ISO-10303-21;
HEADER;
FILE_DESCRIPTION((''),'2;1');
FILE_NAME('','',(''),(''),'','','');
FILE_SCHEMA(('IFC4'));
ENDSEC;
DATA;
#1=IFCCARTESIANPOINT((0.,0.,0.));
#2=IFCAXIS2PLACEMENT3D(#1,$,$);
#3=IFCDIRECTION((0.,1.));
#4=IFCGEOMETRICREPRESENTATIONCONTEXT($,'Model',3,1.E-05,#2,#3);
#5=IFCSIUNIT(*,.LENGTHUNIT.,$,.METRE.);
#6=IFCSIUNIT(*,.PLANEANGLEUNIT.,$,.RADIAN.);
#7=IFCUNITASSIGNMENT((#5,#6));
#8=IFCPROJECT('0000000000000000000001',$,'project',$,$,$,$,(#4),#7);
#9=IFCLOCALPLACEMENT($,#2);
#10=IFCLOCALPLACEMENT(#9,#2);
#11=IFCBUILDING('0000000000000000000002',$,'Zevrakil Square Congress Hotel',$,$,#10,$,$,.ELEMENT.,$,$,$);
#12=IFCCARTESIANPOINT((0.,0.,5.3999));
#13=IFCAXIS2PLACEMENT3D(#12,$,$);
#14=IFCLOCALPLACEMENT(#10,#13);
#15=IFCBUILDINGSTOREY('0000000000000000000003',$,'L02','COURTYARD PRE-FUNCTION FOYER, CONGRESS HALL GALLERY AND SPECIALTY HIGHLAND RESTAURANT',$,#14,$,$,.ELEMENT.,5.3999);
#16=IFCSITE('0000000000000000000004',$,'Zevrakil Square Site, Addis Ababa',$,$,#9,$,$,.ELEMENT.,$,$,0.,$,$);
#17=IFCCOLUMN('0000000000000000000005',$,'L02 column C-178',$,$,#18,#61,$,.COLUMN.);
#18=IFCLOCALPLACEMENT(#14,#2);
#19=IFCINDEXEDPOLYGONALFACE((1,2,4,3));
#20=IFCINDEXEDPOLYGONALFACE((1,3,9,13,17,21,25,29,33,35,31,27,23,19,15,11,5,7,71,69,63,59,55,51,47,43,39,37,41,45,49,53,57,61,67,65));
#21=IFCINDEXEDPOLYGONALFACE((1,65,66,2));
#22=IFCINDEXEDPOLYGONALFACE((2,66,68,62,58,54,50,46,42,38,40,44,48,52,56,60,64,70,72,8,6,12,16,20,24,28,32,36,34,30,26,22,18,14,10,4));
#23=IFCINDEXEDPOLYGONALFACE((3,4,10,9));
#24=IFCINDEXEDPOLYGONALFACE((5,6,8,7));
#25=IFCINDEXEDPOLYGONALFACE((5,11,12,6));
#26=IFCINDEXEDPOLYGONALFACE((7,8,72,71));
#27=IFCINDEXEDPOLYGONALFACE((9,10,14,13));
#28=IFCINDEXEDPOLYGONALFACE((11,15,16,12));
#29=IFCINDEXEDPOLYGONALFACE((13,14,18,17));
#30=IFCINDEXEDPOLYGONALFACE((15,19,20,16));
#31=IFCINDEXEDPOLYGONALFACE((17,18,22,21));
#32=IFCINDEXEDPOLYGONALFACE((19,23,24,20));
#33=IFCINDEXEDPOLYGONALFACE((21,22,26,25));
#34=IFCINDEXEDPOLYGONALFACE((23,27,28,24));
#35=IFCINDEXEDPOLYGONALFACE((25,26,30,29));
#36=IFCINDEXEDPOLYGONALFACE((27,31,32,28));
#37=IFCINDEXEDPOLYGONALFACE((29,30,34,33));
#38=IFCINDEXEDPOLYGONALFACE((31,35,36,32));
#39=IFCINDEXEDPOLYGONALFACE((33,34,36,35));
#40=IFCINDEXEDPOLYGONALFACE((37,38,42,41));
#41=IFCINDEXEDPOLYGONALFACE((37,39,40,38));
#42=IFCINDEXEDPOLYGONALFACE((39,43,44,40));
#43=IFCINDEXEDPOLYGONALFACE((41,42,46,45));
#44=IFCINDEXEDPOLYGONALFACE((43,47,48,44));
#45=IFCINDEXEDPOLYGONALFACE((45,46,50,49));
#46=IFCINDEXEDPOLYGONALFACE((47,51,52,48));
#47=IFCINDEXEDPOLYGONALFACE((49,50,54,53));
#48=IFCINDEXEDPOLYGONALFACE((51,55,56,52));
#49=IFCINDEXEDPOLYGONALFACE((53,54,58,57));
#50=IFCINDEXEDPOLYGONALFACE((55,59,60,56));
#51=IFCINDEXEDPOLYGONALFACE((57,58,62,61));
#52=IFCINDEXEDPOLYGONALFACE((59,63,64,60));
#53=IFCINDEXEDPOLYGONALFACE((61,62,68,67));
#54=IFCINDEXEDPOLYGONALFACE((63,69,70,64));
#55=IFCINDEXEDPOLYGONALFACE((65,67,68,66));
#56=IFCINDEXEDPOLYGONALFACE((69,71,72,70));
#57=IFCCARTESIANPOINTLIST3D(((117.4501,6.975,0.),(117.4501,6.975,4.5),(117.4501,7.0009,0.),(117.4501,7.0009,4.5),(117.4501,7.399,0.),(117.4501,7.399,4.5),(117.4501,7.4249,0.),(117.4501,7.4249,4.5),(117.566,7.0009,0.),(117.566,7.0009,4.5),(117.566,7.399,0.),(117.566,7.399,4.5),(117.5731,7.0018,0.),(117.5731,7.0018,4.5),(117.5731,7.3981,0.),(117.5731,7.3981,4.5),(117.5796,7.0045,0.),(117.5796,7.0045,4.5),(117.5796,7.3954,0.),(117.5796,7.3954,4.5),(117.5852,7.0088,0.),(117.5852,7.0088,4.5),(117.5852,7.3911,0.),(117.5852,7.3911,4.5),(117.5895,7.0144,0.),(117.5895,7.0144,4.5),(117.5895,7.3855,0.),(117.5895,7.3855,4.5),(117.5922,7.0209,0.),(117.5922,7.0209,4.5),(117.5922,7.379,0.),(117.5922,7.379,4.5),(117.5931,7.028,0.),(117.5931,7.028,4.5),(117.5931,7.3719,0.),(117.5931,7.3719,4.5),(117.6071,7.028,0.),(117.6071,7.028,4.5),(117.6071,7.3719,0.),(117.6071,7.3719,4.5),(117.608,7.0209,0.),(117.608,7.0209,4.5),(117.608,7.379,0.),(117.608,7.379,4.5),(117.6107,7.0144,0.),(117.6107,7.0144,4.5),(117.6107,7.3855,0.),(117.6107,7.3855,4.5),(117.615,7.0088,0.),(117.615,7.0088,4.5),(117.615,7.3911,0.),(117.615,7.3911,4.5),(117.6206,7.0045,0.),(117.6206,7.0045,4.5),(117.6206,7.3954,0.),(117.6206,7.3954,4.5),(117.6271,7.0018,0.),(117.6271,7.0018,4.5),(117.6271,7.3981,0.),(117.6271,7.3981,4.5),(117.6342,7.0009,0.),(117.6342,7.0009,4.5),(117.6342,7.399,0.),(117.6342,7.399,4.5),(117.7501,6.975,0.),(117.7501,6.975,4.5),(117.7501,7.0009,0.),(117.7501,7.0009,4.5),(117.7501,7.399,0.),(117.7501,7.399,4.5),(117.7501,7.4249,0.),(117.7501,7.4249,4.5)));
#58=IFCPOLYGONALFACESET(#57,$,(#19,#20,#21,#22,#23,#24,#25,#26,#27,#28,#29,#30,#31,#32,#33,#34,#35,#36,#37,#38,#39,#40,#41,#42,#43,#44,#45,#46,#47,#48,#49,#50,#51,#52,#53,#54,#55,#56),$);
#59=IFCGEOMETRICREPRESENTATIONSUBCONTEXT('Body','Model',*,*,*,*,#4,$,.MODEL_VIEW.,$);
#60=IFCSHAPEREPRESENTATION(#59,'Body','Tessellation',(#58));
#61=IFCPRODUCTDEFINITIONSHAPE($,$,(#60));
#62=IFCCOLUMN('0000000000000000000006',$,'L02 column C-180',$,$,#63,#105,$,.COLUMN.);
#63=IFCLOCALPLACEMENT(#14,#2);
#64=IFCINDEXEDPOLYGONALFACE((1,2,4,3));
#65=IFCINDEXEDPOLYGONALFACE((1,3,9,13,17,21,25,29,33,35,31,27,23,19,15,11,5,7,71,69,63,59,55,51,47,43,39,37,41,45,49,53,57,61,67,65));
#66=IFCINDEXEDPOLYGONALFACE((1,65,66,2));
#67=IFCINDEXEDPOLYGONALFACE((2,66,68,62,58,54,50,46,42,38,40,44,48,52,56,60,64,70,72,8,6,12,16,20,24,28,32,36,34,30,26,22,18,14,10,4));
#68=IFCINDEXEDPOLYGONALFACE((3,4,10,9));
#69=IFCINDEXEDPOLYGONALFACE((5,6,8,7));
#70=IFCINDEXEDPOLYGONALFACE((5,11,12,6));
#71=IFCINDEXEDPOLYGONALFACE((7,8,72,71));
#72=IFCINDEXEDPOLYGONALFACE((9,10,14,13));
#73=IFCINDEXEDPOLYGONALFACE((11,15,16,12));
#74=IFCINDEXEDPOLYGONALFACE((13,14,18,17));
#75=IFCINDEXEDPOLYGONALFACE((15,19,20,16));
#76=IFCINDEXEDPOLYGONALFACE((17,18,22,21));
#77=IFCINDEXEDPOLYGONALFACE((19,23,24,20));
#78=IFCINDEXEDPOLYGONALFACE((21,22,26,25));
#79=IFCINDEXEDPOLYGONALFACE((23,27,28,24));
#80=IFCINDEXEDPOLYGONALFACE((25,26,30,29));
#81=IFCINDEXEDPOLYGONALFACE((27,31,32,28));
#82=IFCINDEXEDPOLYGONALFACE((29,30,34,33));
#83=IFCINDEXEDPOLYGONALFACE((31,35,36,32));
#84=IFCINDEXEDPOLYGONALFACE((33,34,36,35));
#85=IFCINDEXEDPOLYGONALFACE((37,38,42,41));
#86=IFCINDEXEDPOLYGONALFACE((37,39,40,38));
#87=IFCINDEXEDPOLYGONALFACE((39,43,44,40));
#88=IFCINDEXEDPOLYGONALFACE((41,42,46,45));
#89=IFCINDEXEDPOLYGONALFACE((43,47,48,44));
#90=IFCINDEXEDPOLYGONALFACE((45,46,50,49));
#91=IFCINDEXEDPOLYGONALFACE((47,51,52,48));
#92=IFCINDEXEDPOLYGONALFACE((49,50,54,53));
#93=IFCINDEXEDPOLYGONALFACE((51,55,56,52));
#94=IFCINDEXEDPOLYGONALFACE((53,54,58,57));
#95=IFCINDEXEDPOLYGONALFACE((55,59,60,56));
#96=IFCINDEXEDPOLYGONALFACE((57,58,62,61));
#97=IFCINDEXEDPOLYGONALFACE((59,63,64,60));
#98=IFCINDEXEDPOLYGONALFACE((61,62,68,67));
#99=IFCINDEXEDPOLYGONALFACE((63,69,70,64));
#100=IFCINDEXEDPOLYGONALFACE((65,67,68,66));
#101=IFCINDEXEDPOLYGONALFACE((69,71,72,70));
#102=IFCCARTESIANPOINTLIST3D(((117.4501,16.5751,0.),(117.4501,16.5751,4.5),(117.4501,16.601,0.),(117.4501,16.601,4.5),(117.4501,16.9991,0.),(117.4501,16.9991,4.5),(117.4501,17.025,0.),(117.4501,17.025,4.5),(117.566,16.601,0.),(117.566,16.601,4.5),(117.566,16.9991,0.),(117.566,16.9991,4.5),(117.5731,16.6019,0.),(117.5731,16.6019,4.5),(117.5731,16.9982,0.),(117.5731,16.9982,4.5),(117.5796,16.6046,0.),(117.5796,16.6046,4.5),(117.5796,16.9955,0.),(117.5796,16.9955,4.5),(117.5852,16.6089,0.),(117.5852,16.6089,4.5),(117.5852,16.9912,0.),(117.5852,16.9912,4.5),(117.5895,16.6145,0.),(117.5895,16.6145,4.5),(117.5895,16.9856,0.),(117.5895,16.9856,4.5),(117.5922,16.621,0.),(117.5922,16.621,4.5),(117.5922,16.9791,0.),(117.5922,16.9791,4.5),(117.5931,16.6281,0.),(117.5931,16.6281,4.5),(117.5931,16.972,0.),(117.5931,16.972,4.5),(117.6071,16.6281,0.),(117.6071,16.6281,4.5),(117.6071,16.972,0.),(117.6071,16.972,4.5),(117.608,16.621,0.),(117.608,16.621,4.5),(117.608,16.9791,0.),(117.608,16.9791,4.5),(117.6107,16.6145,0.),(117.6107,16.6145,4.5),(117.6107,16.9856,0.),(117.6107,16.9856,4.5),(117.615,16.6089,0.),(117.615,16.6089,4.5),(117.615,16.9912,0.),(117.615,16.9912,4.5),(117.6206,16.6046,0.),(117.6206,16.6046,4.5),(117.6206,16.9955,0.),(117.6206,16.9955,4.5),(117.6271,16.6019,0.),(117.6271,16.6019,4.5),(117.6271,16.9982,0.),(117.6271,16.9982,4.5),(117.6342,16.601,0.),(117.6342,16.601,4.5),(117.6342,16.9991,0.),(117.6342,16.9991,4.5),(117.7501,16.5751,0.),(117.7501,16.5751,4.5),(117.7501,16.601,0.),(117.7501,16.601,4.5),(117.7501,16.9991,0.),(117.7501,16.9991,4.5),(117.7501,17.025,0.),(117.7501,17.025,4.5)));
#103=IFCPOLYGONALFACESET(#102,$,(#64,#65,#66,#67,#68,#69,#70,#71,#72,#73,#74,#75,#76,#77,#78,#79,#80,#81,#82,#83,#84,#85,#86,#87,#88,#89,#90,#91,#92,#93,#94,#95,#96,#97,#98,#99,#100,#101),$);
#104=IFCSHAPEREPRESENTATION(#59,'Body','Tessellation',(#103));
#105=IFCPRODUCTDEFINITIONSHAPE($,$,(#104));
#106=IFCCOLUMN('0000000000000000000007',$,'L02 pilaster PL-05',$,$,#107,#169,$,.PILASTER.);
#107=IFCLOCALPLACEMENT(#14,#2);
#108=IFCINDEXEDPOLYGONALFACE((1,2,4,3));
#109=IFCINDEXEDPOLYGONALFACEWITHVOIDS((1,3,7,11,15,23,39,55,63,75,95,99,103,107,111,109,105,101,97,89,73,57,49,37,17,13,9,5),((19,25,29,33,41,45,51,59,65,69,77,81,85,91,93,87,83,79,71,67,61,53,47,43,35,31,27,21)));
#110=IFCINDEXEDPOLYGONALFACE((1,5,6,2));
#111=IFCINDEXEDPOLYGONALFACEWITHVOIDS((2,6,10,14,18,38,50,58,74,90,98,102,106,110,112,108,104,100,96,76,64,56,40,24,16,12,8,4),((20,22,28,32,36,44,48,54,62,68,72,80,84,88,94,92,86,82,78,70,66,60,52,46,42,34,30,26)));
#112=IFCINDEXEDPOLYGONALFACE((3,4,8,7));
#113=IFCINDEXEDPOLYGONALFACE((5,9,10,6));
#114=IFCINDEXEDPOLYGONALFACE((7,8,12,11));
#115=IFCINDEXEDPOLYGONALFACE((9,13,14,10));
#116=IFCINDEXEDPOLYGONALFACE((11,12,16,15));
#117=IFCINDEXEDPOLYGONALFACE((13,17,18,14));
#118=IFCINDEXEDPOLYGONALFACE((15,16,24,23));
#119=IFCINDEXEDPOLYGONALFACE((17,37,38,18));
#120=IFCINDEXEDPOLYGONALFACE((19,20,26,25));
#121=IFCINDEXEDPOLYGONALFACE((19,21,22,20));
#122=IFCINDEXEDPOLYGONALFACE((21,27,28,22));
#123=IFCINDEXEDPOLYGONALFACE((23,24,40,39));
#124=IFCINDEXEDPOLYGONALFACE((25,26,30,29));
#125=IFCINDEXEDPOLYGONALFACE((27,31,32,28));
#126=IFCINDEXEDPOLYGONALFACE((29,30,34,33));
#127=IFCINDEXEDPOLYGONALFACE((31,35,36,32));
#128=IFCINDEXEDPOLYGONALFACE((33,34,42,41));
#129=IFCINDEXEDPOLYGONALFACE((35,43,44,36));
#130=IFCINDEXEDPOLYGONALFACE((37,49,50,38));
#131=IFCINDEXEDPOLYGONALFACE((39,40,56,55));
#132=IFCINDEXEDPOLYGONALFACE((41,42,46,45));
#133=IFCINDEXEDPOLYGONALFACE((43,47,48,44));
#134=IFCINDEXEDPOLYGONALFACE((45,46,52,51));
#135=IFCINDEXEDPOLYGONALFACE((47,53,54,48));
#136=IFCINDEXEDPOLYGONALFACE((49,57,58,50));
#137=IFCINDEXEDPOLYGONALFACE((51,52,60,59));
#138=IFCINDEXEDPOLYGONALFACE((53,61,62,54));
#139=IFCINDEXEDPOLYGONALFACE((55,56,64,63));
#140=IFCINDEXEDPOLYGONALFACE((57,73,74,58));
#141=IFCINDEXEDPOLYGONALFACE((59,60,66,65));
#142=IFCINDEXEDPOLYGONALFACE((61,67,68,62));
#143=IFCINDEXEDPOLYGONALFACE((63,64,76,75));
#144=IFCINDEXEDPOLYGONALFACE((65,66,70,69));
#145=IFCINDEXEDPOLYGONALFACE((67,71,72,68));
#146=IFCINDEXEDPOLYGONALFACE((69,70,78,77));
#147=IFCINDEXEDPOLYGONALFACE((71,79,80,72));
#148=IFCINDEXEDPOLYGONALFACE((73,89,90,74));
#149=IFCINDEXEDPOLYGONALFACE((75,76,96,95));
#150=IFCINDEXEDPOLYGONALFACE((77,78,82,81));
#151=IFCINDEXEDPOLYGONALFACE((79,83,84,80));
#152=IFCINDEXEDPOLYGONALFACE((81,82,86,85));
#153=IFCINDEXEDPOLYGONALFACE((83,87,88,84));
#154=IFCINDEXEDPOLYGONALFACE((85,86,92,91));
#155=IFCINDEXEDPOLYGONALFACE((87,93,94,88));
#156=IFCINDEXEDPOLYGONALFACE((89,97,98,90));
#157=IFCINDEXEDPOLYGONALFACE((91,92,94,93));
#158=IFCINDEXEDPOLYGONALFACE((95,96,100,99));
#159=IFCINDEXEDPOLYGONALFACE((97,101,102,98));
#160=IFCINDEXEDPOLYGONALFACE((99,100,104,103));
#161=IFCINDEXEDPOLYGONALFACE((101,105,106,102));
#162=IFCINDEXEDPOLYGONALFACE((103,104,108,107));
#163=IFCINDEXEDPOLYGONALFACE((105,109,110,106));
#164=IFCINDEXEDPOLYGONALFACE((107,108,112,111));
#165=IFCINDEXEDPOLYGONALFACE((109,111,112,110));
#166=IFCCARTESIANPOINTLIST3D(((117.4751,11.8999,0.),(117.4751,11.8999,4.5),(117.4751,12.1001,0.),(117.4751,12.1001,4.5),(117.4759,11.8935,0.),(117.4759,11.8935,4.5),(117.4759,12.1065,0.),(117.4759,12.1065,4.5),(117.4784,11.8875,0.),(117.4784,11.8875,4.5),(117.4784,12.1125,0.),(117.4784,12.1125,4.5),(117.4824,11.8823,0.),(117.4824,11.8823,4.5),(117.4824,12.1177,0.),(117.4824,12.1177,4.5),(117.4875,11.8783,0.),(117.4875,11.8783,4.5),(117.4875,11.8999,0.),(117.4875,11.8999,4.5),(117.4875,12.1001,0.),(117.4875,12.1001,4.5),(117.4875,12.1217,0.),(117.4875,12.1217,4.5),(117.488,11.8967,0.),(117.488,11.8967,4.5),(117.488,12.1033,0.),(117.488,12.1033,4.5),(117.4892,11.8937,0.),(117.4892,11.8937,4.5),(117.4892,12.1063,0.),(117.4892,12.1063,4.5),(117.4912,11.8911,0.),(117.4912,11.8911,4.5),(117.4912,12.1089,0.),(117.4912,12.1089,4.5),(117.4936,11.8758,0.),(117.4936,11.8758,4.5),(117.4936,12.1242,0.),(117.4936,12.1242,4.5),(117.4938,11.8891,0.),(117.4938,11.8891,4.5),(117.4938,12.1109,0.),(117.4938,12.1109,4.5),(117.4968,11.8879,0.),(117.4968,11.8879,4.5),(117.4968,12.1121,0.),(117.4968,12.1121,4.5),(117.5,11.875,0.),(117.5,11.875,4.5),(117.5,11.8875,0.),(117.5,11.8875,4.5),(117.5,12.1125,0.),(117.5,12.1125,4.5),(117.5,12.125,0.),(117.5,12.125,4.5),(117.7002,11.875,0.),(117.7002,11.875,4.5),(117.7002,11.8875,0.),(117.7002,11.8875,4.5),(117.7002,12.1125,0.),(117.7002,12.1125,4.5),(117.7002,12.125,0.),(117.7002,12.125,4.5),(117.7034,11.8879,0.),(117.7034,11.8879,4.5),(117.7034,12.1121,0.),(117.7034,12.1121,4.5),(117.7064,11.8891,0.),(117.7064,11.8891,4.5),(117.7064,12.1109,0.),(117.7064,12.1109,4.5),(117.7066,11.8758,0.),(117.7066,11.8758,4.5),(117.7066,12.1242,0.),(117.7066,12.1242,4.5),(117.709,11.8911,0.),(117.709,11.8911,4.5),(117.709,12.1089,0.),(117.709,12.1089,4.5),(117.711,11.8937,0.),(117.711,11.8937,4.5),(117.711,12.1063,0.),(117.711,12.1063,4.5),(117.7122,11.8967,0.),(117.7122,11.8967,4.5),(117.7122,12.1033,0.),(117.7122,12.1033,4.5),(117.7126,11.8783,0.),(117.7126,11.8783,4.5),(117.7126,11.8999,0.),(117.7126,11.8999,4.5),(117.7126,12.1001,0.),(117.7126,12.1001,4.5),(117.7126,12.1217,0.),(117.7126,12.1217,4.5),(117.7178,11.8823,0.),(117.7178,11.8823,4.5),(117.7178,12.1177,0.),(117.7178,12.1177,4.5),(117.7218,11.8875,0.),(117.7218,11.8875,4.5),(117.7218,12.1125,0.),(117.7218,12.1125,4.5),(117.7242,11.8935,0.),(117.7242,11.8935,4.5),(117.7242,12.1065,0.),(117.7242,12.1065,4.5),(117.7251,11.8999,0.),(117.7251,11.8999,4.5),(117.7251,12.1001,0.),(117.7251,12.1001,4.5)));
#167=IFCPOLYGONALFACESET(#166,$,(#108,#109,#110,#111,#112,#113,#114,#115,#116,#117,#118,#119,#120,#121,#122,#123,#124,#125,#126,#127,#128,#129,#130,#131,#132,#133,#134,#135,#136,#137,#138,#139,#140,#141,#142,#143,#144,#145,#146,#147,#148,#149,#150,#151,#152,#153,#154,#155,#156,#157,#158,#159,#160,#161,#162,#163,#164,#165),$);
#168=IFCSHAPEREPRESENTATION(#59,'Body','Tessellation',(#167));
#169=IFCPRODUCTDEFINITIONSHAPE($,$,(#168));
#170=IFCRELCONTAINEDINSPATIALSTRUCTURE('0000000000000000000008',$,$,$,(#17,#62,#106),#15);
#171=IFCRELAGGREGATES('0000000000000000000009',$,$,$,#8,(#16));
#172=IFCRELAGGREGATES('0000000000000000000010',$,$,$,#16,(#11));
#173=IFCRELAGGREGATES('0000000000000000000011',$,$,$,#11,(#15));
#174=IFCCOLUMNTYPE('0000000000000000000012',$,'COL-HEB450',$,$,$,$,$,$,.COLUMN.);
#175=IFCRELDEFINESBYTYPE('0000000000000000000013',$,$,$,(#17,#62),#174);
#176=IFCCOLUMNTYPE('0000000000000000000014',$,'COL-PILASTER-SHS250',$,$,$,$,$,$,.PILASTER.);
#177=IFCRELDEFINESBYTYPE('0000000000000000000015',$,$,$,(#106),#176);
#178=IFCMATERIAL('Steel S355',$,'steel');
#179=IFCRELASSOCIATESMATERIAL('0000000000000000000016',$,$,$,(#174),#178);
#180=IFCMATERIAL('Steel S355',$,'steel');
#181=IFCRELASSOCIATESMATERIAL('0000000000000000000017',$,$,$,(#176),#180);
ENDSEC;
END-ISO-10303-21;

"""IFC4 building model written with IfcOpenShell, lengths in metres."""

from ifc_helpers import new_model, si_unit, direction, frame, origin, origin_2d, place, context, subcontext, project, spatial, hollow_rectangle, i_section, extrude, material, material_profile, profile_set, type_object, element, save


model = new_model("IFC4")

# Units and contexts
model_context = context("Model", 3, precision=1e-05, world=origin(), true_north=direction((0.0, 1.0)))
body_context = subcontext(model_context, "Body", "Model", "MODEL_VIEW")
ifc_project = project(units=[si_unit("LENGTHUNIT", "METRE"), si_unit("PLANEANGLEUNIT", "RADIAN")], contexts=[model_context])

# Site, building, storey
site_placement = place(None, origin())
site = spatial("IfcSite", under=ifc_project, at=site_placement, Name="Zevrakil Square Site, Addis Ababa", CompositionType="ELEMENT", RefElevation=0.0)
building_placement = place(site_placement, origin())
building = spatial("IfcBuilding", under=site, at=building_placement, Name="Zevrakil Square Congress Hotel", CompositionType="ELEMENT")
storey_placement = place(building_placement, frame((0.0, 0.0, 5.3999)))
storey = spatial("IfcBuildingStorey", under=building, at=storey_placement, Name="L02", Description="COURTYARD PRE-FUNCTION FOYER, CONGRESS HALL GALLERY AND SPECIALTY HIGHLAND RESTAURANT", CompositionType="ELEMENT", Elevation=5.3999)

# Columns
ifc_material_1 = material(Name="Steel S355", Category="steel")
ifc_material_profile_1 = material_profile(ifc_material_1, i_section(OverallWidth=0.3, OverallDepth=0.45, WebThickness=0.0139, FlangeThickness=0.0259, FilletRadius=0.0271, at=origin_2d()), Name="HEB 450")
ifc_profile_set_1 = profile_set([ifc_material_profile_1], Name="Steel S355")
column_type_1 = type_object("IfcColumnType", Name="COL-HEB450", PredefinedType="COLUMN", material=ifc_profile_set_1)
for number, where, z_axis, x_axis, name in (
    (1, (117.6001, 7.2, 0.0), (0.0, 0.0, 1.0), (1.0, 0.0, 0.0), "L02 column C-178"),
    (2, (117.6001, 16.8, 0.0), (0.0, 0.0, 1.0), (1.0, 0.0, 0.0), "L02 column C-180"),
):
    element("IfcColumn", number, at=place(storey_placement, frame(where, z_axis=z_axis, x_axis=x_axis)), inside=storey, type_object=column_type_1, Name=name, PredefinedType="COLUMN", context=body_context, shape_type="SweptSolid", body=[
        extrude(i_section(OverallWidth=0.3, OverallDepth=0.45, WebThickness=0.0139, FlangeThickness=0.0259, FilletRadius=0.0271, at=origin_2d()), origin(), (0.0, 0.0, 1.0), 4.5),
    ])
ifc_material_2 = material(Name="Steel S355", Category="steel")
ifc_material_profile_2 = material_profile(ifc_material_2, hollow_rectangle(XDim=0.25, YDim=0.25, WallThickness=0.0125, InnerFilletRadius=0.0125, OuterFilletRadius=0.0249, at=origin_2d()), Name="SHS 250x250x12.5")
ifc_profile_set_2 = profile_set([ifc_material_profile_2], Name="Steel S355")
column_type_2 = type_object("IfcColumnType", Name="COL-PILASTER-SHS250", PredefinedType="PILASTER", material=ifc_profile_set_2)
for number, where, z_axis, x_axis, name in (
    (3, (117.6001, 12.0, 0.0), (0.0, 0.0, 1.0), (1.0, 0.0, 0.0), "L02 pilaster PL-05"),
):
    element("IfcColumn", number, at=place(storey_placement, frame(where, z_axis=z_axis, x_axis=x_axis)), inside=storey, type_object=column_type_2, Name=name, PredefinedType="PILASTER", context=body_context, shape_type="SweptSolid", body=[
        extrude(hollow_rectangle(XDim=0.25, YDim=0.25, WallThickness=0.0125, InnerFilletRadius=0.0125, OuterFilletRadius=0.0249, at=origin_2d()), origin(), (0.0, 0.0, 1.0), 4.5),
    ])

save(model, "model.ifc")
